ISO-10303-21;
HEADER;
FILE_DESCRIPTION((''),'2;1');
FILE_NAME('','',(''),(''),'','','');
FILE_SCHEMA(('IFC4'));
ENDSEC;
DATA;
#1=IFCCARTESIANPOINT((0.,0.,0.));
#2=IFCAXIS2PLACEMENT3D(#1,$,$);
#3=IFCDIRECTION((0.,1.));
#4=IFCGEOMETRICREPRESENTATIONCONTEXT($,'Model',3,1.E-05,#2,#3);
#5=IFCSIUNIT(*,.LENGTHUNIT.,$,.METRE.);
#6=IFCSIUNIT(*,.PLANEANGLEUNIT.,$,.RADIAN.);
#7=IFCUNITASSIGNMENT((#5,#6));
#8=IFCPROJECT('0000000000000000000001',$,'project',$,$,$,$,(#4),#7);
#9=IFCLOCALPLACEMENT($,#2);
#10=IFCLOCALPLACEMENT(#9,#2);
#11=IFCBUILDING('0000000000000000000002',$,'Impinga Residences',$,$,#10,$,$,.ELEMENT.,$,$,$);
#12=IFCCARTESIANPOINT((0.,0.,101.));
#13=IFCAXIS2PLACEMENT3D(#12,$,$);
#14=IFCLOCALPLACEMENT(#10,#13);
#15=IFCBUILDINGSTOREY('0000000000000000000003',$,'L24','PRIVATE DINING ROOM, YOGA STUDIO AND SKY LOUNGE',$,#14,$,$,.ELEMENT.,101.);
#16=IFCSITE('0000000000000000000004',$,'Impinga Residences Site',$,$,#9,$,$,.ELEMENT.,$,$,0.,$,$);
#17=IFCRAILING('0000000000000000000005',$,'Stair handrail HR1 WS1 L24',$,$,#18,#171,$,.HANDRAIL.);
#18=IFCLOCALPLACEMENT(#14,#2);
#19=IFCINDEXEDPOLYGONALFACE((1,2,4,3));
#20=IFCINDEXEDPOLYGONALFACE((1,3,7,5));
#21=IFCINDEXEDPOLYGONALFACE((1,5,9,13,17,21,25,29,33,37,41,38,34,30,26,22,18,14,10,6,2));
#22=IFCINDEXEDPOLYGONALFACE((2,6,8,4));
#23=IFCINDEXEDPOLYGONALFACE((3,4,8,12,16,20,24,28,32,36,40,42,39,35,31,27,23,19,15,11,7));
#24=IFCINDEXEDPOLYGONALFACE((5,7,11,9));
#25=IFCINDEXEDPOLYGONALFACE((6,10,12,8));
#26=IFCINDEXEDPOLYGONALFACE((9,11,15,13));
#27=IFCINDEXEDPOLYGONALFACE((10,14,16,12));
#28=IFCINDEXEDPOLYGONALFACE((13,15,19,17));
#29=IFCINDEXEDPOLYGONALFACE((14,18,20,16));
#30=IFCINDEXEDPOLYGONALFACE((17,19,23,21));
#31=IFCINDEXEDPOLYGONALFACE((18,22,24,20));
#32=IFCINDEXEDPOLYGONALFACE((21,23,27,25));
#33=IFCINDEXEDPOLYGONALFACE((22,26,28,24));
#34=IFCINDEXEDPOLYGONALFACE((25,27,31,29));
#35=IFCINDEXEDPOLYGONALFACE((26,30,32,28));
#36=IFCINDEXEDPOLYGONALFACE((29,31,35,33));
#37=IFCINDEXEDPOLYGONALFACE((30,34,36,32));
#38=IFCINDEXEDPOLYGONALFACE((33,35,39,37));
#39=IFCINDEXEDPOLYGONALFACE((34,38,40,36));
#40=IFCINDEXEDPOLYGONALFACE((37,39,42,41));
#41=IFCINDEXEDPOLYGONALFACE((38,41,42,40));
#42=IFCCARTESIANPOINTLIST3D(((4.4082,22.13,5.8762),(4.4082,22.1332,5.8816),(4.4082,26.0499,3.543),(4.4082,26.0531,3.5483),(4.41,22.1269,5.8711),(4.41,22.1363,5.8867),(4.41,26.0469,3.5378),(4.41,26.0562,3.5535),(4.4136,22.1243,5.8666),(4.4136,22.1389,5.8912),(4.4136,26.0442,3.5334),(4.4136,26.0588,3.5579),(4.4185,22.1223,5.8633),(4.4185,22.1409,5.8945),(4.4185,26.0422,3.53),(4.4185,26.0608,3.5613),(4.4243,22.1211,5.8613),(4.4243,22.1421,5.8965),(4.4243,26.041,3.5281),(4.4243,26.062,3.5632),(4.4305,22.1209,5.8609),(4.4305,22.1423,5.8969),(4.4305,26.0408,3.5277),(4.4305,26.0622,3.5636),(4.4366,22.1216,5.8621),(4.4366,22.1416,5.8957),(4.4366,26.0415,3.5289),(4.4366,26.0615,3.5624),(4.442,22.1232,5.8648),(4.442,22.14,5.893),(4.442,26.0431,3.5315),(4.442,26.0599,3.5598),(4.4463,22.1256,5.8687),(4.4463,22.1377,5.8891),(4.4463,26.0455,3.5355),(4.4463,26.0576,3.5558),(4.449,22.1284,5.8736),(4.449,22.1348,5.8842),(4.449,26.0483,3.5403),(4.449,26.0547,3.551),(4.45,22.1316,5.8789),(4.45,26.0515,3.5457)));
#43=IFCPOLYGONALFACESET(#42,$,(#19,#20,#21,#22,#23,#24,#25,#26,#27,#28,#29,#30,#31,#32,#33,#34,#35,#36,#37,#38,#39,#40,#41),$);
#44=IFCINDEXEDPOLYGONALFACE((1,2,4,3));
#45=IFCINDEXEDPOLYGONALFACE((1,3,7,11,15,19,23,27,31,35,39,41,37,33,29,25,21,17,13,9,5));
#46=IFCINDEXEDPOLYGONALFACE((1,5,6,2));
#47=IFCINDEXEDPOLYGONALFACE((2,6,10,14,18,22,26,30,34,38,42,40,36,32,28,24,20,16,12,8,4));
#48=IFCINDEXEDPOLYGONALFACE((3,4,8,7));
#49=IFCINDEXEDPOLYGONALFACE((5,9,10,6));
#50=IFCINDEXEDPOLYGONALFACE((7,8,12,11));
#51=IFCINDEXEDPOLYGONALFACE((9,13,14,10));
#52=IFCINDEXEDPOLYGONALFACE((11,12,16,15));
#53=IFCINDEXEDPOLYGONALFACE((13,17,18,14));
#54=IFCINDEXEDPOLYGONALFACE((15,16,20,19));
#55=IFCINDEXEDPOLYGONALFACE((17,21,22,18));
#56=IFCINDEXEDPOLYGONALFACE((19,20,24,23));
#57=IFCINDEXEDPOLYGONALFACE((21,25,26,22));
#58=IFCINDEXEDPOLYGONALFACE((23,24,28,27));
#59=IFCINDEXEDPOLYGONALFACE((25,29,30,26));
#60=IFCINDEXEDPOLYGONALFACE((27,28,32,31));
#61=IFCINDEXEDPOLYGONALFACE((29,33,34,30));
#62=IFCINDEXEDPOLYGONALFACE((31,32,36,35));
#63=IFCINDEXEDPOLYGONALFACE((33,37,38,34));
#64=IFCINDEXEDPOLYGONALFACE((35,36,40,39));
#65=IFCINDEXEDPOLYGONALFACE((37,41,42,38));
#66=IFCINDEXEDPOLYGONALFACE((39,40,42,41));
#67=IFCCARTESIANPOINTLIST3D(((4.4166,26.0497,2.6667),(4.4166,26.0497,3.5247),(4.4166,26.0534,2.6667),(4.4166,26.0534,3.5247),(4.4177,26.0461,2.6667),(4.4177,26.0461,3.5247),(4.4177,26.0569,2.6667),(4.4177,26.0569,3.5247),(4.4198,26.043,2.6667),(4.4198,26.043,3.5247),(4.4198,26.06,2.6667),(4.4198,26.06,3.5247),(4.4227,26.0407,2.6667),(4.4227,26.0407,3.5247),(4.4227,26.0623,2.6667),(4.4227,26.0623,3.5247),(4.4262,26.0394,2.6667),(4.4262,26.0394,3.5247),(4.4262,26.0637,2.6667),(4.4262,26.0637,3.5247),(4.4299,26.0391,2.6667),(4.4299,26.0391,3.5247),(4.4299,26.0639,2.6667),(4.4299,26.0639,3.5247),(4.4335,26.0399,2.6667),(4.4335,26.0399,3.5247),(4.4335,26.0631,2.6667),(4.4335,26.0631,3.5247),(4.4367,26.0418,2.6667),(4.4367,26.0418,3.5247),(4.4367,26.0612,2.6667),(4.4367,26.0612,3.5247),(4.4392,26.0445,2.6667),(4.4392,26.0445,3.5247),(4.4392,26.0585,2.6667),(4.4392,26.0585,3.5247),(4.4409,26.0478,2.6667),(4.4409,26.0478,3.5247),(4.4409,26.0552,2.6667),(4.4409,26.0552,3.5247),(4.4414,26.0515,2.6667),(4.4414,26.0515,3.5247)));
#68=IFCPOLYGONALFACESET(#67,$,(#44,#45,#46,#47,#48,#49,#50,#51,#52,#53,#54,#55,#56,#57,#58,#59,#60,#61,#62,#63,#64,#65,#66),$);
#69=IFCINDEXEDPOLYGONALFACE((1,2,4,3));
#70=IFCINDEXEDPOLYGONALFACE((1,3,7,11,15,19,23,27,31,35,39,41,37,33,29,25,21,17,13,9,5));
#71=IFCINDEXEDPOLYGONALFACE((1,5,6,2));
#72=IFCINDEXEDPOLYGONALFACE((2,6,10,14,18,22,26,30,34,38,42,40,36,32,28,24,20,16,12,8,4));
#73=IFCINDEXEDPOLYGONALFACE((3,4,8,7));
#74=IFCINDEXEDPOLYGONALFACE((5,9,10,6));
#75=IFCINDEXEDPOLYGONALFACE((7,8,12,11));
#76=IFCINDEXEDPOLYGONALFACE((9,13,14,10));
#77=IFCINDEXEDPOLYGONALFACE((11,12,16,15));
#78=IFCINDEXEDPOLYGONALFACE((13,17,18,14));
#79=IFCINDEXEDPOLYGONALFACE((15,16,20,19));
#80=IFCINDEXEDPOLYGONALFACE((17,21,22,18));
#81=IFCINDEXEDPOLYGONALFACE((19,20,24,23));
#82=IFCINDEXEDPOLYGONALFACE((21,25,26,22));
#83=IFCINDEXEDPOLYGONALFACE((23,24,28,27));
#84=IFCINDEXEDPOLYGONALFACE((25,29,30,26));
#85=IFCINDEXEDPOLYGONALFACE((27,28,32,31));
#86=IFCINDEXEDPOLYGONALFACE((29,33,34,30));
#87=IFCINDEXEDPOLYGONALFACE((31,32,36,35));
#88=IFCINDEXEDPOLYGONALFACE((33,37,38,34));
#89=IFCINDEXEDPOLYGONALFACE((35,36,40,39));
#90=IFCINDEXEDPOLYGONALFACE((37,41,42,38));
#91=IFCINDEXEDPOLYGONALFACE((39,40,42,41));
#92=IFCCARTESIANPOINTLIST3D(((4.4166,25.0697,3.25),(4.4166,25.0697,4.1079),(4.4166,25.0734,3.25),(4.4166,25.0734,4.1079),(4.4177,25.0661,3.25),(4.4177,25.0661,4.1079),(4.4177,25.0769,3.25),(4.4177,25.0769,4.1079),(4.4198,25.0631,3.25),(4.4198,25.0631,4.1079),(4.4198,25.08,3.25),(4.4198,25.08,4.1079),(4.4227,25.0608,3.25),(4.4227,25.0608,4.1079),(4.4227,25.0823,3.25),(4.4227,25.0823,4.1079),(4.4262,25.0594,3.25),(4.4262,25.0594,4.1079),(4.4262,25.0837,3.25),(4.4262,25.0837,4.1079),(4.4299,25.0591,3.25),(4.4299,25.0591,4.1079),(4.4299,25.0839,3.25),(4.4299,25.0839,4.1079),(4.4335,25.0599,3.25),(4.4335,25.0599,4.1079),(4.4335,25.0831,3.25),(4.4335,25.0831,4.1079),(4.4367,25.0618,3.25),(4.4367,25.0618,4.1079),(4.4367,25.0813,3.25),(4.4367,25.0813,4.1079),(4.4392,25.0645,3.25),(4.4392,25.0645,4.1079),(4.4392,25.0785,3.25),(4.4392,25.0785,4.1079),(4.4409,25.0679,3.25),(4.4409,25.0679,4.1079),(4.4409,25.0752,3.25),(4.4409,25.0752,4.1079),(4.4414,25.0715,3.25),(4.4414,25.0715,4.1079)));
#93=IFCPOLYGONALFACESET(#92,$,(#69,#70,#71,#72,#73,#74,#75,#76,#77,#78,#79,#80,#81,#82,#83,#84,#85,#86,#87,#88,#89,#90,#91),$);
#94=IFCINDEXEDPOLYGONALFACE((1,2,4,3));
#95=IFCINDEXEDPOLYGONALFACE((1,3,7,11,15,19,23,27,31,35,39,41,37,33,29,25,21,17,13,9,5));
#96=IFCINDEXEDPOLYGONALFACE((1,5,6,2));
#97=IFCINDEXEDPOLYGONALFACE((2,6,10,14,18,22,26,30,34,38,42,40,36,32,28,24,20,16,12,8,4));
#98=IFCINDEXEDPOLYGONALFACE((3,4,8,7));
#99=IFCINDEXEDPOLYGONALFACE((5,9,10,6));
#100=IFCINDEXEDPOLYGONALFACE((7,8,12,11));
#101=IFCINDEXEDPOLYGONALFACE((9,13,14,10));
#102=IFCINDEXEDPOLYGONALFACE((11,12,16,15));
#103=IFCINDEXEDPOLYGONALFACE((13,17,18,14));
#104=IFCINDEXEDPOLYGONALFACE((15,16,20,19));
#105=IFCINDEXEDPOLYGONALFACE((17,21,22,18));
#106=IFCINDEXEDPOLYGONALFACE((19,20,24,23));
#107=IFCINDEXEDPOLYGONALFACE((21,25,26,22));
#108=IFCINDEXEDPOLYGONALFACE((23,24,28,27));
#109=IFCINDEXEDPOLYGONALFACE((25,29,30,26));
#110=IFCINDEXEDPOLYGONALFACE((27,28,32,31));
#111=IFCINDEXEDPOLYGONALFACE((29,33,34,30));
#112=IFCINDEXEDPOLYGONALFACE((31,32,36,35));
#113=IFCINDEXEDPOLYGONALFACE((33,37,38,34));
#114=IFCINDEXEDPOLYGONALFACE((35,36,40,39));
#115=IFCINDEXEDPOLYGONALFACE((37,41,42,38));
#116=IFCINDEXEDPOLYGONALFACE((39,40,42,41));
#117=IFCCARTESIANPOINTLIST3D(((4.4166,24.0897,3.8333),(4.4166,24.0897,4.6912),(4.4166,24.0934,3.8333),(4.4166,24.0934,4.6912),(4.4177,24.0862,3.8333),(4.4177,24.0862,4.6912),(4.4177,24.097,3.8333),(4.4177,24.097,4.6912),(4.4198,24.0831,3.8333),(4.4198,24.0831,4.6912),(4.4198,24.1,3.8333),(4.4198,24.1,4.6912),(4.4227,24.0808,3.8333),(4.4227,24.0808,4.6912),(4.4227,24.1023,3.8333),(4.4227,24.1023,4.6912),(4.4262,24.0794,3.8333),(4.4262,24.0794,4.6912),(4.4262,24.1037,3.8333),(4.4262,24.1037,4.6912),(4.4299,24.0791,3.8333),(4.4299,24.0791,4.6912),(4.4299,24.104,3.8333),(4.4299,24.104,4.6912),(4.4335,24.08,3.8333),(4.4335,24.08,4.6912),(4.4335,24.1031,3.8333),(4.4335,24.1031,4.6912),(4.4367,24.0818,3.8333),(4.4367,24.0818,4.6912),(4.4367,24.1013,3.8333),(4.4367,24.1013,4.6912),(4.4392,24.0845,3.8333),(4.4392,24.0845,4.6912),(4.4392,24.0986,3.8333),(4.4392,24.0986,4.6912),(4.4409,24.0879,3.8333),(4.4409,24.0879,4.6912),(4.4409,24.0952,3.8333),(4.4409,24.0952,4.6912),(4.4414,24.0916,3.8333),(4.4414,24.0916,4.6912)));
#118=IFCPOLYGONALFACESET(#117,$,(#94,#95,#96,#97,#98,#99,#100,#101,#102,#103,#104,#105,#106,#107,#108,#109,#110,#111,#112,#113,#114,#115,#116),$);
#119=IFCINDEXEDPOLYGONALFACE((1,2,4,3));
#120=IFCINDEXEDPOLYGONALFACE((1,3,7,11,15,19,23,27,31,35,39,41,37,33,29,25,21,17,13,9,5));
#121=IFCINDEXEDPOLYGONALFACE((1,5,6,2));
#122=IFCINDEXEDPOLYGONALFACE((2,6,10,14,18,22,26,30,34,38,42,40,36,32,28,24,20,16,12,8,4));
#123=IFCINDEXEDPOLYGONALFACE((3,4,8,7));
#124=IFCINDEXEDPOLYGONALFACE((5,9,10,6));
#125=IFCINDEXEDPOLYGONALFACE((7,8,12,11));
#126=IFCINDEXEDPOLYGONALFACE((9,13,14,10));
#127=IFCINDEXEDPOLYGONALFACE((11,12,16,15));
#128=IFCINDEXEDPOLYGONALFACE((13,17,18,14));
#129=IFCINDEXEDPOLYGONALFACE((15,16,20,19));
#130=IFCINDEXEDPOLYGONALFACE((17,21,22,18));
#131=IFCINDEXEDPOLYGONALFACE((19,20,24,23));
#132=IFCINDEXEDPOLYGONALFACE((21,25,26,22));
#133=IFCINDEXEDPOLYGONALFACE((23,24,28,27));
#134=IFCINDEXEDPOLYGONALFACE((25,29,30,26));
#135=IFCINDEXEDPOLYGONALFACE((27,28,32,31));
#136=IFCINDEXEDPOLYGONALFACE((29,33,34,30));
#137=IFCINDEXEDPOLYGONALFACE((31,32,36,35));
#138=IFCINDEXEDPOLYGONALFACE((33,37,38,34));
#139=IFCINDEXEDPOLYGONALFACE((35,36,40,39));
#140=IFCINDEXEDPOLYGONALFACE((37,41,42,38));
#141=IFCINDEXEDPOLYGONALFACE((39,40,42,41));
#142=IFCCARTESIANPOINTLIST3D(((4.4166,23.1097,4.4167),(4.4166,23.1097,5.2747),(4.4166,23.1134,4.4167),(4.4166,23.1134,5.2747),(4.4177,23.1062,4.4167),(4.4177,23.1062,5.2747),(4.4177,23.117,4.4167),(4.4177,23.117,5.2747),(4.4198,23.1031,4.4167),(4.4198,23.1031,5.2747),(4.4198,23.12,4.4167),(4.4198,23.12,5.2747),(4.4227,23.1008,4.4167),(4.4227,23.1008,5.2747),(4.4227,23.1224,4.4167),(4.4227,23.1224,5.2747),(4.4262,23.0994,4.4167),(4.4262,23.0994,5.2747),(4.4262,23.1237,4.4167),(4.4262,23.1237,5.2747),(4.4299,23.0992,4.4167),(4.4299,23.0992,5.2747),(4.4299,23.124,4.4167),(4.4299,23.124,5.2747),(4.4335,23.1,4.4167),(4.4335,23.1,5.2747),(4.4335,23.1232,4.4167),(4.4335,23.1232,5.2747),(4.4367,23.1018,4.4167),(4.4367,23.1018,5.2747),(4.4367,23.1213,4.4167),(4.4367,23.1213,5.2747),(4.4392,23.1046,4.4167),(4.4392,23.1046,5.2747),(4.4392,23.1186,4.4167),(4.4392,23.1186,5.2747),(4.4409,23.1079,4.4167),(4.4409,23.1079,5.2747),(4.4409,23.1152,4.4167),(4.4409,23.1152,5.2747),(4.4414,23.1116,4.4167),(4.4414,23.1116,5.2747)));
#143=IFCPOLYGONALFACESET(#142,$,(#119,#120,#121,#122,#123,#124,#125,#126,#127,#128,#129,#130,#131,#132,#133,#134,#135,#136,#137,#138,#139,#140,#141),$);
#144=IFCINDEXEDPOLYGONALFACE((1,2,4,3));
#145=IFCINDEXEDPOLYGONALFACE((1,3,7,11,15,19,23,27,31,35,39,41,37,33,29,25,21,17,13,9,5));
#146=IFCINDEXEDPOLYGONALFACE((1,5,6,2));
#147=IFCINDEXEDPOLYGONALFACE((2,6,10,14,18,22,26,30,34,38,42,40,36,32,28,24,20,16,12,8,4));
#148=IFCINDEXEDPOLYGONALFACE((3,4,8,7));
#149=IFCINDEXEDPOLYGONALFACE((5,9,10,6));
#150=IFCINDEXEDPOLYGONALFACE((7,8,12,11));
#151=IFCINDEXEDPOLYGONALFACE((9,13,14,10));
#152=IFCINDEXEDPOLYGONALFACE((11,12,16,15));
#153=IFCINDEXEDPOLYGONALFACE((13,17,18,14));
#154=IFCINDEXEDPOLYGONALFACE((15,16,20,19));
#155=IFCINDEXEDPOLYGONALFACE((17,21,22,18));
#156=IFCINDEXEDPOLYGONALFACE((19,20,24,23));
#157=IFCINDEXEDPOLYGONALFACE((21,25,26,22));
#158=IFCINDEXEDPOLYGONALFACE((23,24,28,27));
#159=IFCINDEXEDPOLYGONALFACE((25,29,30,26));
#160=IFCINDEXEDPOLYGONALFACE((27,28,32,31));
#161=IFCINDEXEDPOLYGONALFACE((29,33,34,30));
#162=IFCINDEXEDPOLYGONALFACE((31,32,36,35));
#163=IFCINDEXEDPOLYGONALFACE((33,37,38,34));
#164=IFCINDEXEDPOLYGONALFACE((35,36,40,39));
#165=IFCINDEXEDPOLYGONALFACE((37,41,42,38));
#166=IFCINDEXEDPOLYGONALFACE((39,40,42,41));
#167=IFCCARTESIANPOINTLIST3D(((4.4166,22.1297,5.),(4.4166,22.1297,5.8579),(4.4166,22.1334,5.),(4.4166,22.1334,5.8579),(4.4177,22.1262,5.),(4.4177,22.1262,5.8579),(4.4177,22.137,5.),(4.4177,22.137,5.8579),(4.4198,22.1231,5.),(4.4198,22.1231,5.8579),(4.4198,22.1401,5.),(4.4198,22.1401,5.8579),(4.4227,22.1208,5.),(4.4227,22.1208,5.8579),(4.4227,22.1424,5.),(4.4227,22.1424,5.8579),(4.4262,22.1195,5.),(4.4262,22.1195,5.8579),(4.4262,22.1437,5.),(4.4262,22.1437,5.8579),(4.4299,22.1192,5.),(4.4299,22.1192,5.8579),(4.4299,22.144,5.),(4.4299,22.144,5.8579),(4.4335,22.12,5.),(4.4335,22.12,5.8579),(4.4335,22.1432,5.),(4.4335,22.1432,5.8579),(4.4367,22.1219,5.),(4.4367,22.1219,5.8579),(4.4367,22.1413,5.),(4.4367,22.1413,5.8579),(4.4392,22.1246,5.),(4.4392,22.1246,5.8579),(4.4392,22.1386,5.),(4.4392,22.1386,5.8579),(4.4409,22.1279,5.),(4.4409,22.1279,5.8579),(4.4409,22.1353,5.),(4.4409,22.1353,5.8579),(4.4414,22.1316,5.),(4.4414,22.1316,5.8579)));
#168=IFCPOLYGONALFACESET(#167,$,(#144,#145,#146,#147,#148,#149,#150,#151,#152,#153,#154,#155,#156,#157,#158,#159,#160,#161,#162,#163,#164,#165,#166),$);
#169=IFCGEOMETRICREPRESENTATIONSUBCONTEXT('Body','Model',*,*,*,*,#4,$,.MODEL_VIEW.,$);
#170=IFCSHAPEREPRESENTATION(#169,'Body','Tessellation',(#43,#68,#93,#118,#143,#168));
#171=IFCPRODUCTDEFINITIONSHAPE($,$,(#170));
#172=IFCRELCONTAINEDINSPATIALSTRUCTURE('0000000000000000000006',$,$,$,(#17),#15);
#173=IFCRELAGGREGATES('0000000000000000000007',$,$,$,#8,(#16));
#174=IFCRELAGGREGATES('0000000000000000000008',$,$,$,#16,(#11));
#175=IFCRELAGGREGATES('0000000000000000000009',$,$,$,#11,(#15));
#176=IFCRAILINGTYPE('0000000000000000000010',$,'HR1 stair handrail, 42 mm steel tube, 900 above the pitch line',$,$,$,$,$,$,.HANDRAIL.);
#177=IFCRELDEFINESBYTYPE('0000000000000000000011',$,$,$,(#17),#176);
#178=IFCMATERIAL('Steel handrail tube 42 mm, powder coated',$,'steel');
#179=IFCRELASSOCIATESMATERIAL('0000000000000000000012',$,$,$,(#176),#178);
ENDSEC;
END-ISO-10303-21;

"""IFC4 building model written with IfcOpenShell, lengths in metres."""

from ifc_helpers import new_model, si_unit, direction, frame, origin, origin_2d, place, context, subcontext, project, spatial, circle, extrude, material, type_object, element, save


model = new_model("IFC4")

# Units and contexts
model_context = context("Model", 3, precision=1e-05, world=origin(), true_north=direction((0.0, 1.0)))
body_context = subcontext(model_context, "Body", "Model", "MODEL_VIEW")
ifc_project = project(units=[si_unit("LENGTHUNIT", "METRE"), si_unit("PLANEANGLEUNIT", "RADIAN")], contexts=[model_context])

# Site, building, storey
site_placement = place(None, origin())
site = spatial("IfcSite", under=ifc_project, at=site_placement, Name="Impinga Residences Site", CompositionType="ELEMENT", RefElevation=0.0)
building_placement = place(site_placement, origin())
building = spatial("IfcBuilding", under=site, at=building_placement, Name="Impinga Residences", CompositionType="ELEMENT")
storey_placement = place(building_placement, frame((0.0, 0.0, 101.0)))
storey = spatial("IfcBuildingStorey", under=building, at=storey_placement, Name="L24", Description="PRIVATE DINING ROOM, YOGA STUDIO AND SKY LOUNGE", CompositionType="ELEMENT", Elevation=101.0)

# Railing
ifc_material_1 = material(Name="Steel handrail tube 42 mm, powder coated", Category="steel")
railing_type_1 = type_object("IfcRailingType", Name="HR1 stair handrail, 42 mm steel tube, 900 above the pitch line", PredefinedType="HANDRAIL", material=ifc_material_1)
railing_1_placement = place(storey_placement, frame((4.429, 26.0515, 2.6667)))
element("IfcRailing", 1, at=railing_1_placement, inside=storey, type_object=railing_type_1, Name="Stair handrail HR1 WS1 L24", PredefinedType="HANDRAIL", context=body_context, shape_type="SweptSolid", body=[
    extrude(circle(Radius=0.021, at=origin_2d()), frame((0.0, 0.0, 0.8789), z_axis=(0.0, -0.859296, 0.511478), x_axis=(1.0, 0.0, 0.0)), (0.0, 0.0, 1.0), 4.5618),
    extrude(circle(Radius=0.0125, at=origin_2d()), origin(), (0.0, 0.0, 1.0), 0.8579),
    extrude(circle(Radius=0.0125, at=origin_2d()), frame((0.0, -0.98, 0.5833)), (0.0, 0.0, 1.0), 0.8579),
    extrude(circle(Radius=0.0125, at=origin_2d()), frame((0.0, -1.96, 1.1665)), (0.0, 0.0, 1.0), 0.8579),
    extrude(circle(Radius=0.0125, at=origin_2d()), frame((0.0, -2.9399, 1.75)), (0.0, 0.0, 1.0), 0.8579),
    extrude(circle(Radius=0.0125, at=origin_2d()), frame((0.0, -3.9199, 2.3333)), (0.0, 0.0, 1.0), 0.8579),
])

save(model, "model.ifc")
